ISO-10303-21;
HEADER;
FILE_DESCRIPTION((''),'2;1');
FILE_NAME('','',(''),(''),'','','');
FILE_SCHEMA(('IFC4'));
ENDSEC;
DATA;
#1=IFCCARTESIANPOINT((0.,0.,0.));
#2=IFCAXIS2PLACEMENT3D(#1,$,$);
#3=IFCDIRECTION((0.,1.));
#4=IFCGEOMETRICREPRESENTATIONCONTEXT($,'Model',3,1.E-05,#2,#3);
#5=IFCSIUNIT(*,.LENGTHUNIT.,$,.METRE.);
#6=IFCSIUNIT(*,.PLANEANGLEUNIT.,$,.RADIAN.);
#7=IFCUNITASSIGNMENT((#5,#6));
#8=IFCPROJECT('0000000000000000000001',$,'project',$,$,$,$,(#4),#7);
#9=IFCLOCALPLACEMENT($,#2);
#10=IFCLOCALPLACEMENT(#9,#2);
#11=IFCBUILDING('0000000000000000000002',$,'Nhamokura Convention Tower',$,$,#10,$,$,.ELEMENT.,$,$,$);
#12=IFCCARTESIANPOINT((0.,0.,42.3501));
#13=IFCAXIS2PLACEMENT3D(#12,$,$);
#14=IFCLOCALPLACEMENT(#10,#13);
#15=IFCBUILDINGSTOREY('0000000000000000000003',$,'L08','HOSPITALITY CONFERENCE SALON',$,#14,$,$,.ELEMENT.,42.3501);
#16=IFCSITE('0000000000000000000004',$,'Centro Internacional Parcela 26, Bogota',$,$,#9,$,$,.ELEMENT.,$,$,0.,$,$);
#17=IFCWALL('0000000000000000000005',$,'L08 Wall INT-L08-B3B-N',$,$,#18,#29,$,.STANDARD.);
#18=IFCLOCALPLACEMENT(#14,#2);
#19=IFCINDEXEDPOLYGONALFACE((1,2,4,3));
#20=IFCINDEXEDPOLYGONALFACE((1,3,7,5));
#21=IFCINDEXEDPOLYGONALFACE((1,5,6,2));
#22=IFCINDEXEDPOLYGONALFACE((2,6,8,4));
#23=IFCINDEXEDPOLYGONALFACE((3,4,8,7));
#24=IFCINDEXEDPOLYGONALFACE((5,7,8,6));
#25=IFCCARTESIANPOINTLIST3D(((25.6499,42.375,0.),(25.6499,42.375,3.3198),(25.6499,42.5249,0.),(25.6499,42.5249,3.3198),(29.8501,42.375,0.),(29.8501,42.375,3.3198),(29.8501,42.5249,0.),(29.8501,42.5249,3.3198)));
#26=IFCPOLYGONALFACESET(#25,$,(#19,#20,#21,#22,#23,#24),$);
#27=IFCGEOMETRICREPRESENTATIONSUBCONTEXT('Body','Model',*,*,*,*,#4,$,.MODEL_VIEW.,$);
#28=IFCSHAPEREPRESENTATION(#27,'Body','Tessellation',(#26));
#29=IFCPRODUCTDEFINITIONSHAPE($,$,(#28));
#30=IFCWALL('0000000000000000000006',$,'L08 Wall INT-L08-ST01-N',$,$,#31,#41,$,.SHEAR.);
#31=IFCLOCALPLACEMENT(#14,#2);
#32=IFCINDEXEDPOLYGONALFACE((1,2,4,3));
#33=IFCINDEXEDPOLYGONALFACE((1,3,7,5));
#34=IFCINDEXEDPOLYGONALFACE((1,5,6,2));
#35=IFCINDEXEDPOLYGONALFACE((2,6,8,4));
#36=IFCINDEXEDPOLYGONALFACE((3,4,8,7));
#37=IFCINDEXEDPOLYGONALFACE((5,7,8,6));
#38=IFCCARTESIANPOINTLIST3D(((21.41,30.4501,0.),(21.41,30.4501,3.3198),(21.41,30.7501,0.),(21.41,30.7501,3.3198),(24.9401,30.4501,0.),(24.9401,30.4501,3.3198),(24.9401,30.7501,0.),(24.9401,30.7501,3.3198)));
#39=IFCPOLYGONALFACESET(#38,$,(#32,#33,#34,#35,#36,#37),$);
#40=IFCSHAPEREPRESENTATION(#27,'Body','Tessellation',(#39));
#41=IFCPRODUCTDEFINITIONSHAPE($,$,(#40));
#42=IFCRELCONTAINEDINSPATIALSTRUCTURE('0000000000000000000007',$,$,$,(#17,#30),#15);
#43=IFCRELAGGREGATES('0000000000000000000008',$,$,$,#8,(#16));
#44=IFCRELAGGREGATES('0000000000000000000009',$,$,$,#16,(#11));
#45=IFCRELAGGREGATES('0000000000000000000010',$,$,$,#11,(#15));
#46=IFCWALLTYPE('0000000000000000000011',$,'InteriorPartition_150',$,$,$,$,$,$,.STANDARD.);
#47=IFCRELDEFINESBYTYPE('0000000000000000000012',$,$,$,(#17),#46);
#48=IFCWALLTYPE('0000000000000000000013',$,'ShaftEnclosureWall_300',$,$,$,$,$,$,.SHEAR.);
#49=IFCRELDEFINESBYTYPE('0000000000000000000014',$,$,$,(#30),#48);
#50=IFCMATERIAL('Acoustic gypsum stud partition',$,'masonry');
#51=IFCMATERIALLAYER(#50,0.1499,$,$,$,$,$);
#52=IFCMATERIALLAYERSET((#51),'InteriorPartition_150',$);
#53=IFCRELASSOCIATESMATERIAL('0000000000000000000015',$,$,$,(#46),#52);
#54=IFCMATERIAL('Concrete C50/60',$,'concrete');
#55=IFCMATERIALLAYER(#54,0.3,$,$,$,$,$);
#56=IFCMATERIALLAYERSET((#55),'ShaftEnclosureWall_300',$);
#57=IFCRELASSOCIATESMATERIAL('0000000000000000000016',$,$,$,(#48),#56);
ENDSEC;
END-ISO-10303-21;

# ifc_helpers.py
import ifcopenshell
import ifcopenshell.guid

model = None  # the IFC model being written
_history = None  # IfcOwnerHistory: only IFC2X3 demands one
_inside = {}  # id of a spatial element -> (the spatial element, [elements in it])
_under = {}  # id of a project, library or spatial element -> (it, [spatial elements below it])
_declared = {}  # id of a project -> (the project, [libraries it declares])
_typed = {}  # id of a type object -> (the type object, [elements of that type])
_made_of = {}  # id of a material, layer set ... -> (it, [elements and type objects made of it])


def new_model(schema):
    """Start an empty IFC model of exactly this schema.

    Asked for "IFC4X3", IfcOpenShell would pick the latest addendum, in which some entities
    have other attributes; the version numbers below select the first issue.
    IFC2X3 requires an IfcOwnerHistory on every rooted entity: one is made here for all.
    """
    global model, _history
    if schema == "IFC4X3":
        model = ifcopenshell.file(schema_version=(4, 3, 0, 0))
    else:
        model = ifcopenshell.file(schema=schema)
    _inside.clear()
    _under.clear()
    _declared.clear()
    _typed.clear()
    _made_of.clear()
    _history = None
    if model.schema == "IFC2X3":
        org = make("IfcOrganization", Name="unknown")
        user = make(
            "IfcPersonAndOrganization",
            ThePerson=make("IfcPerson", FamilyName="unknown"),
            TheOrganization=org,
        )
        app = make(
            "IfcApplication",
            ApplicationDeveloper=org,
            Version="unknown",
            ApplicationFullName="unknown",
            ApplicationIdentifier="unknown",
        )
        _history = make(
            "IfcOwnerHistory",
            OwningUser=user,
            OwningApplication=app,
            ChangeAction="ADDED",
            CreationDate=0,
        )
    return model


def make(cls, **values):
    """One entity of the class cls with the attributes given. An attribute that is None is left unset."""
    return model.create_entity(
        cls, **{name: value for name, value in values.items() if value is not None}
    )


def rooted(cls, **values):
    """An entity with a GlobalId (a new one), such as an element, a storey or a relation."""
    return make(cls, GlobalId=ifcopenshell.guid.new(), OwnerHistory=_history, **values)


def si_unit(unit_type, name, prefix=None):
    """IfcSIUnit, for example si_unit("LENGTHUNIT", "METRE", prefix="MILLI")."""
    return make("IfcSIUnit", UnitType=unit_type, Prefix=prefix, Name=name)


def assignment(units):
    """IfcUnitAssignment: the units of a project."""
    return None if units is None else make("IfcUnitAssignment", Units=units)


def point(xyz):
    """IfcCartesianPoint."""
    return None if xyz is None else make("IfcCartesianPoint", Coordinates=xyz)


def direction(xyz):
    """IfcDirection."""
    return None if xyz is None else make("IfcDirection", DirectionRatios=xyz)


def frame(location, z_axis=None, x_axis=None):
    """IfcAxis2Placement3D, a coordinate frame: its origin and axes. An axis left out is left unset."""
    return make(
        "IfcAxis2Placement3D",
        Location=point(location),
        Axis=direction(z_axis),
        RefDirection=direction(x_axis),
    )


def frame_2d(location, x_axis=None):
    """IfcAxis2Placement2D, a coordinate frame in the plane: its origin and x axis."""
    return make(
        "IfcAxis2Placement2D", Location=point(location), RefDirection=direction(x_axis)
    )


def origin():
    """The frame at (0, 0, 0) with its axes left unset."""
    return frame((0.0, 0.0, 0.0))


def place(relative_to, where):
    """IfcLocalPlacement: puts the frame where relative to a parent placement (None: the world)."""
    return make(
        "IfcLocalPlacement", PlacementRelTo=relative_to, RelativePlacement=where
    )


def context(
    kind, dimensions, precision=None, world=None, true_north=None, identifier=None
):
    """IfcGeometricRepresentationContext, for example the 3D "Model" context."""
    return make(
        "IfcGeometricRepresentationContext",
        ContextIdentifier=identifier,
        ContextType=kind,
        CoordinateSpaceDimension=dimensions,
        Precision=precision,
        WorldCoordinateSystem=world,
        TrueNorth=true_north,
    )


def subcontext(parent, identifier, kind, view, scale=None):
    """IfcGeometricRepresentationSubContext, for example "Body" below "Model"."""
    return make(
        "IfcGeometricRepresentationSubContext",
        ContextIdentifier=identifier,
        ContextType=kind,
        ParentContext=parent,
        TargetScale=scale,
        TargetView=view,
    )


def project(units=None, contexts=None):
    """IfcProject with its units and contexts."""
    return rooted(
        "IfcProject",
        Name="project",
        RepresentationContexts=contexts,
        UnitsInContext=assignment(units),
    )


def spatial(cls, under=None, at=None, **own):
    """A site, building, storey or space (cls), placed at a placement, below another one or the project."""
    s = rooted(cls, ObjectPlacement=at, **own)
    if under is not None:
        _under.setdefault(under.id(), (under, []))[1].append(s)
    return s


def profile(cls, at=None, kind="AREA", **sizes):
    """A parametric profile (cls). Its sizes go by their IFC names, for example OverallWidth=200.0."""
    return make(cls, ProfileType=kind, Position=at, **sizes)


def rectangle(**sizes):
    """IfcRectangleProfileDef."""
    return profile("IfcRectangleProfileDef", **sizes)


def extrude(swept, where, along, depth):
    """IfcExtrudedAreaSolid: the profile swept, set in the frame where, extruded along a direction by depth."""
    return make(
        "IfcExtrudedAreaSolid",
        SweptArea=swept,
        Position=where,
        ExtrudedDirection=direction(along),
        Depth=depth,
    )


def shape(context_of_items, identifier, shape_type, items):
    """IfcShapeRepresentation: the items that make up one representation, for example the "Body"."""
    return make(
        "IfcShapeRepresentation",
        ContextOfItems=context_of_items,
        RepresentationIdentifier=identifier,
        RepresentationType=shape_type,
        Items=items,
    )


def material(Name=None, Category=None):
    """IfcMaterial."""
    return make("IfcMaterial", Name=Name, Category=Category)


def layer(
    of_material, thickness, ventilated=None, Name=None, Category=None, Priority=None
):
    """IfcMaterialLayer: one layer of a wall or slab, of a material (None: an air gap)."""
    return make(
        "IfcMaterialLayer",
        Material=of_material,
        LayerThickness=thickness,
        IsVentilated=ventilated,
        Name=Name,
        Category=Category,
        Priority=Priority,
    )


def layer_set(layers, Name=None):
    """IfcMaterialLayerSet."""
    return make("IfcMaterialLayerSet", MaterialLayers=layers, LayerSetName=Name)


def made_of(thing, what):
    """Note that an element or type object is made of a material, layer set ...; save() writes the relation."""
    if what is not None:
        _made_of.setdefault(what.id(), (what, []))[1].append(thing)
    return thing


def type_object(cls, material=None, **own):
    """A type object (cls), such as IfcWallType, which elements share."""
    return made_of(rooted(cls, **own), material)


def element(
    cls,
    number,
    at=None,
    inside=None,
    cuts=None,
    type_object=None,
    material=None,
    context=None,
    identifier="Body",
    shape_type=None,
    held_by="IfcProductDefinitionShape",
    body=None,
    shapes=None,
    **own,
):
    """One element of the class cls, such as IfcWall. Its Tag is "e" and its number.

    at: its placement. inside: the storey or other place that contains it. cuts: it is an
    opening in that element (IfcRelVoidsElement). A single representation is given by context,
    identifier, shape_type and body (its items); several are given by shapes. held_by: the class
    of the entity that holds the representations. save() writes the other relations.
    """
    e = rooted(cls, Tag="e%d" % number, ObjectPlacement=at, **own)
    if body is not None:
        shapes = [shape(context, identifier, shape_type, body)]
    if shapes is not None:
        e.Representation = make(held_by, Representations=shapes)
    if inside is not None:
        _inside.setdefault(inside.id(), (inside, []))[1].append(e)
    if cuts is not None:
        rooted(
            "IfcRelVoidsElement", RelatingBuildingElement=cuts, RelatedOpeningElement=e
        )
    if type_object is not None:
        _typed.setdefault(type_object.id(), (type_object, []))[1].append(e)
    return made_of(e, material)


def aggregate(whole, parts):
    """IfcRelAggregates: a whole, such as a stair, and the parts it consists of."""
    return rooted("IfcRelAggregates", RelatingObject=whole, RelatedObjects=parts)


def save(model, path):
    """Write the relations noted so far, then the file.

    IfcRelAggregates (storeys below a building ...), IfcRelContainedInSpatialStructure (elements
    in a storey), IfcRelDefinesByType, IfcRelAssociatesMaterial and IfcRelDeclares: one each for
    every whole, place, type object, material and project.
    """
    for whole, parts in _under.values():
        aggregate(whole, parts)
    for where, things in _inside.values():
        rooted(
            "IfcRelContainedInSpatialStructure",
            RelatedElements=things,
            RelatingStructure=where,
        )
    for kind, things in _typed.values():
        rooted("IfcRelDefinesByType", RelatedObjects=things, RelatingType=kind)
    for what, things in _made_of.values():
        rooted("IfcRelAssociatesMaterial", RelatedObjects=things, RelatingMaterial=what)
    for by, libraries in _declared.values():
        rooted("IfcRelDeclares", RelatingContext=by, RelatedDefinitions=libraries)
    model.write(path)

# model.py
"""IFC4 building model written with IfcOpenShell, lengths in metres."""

from ifc_helpers import new_model, si_unit, direction, frame, frame_2d, origin, place, context, subcontext, project, spatial, rectangle, extrude, material, layer, layer_set, type_object, element, save


model = new_model("IFC4")

# Units and contexts
model_context = context("Model", 3, precision=1e-05, world=origin(), true_north=direction((0.0, 1.0)))
body_context = subcontext(model_context, "Body", "Model", "MODEL_VIEW")
ifc_project = project(units=[si_unit("LENGTHUNIT", "METRE"), si_unit("PLANEANGLEUNIT", "RADIAN")], contexts=[model_context])

# Site, building, storey
site_placement = place(None, origin())
site = spatial("IfcSite", under=ifc_project, at=site_placement, Name="Centro Internacional Parcela 26, Bogota", CompositionType="ELEMENT", RefElevation=0.0)
building_placement = place(site_placement, origin())
building = spatial("IfcBuilding", under=site, at=building_placement, Name="Nhamokura Convention Tower", CompositionType="ELEMENT")
storey_placement = place(building_placement, frame((0.0, 0.0, 42.3501)))
storey = spatial("IfcBuildingStorey", under=building, at=storey_placement, Name="L08", Description="HOSPITALITY CONFERENCE SALON", CompositionType="ELEMENT", Elevation=42.3501)

# Walls
ifc_material_1 = material(Name="Acoustic gypsum stud partition", Category="masonry")
ifc_layer_1 = layer(ifc_material_1, 0.1499)
ifc_layer_set_1 = layer_set([ifc_layer_1], Name="InteriorPartition_150")
wall_type_1 = type_object("IfcWallType", Name="InteriorPartition_150", PredefinedType="STANDARD", material=ifc_layer_set_1)
for number, where, z_axis, x_axis, name in (
    (1, (25.6499, 42.45, 0.0), (0.0, 0.0, 1.0), (1.0, 0.0, 0.0), "L08 Wall INT-L08-B3B-N"),
):
    element("IfcWall", number, at=place(storey_placement, frame(where, z_axis=z_axis, x_axis=x_axis)), inside=storey, type_object=wall_type_1, Name=name, PredefinedType="STANDARD", context=body_context, shape_type="SweptSolid", body=[
        extrude(rectangle(XDim=4.2002, YDim=0.1499, at=frame_2d((2.1001, 0.0))), origin(), (0.0, 0.0, 1.0), 3.3198),
    ])
ifc_material_2 = material(Name="Concrete C50/60", Category="concrete")
ifc_layer_2 = layer(ifc_material_2, 0.3)
ifc_layer_set_2 = layer_set([ifc_layer_2], Name="ShaftEnclosureWall_300")
wall_type_2 = type_object("IfcWallType", Name="ShaftEnclosureWall_300", PredefinedType="SHEAR", material=ifc_layer_set_2)
wall_1_placement = place(storey_placement, frame((21.4099, 30.6001, 0.0), z_axis=(0.0, 0.0, 1.0), x_axis=(1.0, 0.0, 0.0)))
element("IfcWall", 2, at=wall_1_placement, inside=storey, type_object=wall_type_2, Name="L08 Wall INT-L08-ST01-N", PredefinedType="SHEAR", context=body_context, shape_type="SweptSolid", body=[
    extrude(rectangle(XDim=3.53, YDim=0.3, at=frame_2d((1.7651, 0.0))), origin(), (0.0, 0.0, 1.0), 3.3198),
])

save(model, "model.ifc")
